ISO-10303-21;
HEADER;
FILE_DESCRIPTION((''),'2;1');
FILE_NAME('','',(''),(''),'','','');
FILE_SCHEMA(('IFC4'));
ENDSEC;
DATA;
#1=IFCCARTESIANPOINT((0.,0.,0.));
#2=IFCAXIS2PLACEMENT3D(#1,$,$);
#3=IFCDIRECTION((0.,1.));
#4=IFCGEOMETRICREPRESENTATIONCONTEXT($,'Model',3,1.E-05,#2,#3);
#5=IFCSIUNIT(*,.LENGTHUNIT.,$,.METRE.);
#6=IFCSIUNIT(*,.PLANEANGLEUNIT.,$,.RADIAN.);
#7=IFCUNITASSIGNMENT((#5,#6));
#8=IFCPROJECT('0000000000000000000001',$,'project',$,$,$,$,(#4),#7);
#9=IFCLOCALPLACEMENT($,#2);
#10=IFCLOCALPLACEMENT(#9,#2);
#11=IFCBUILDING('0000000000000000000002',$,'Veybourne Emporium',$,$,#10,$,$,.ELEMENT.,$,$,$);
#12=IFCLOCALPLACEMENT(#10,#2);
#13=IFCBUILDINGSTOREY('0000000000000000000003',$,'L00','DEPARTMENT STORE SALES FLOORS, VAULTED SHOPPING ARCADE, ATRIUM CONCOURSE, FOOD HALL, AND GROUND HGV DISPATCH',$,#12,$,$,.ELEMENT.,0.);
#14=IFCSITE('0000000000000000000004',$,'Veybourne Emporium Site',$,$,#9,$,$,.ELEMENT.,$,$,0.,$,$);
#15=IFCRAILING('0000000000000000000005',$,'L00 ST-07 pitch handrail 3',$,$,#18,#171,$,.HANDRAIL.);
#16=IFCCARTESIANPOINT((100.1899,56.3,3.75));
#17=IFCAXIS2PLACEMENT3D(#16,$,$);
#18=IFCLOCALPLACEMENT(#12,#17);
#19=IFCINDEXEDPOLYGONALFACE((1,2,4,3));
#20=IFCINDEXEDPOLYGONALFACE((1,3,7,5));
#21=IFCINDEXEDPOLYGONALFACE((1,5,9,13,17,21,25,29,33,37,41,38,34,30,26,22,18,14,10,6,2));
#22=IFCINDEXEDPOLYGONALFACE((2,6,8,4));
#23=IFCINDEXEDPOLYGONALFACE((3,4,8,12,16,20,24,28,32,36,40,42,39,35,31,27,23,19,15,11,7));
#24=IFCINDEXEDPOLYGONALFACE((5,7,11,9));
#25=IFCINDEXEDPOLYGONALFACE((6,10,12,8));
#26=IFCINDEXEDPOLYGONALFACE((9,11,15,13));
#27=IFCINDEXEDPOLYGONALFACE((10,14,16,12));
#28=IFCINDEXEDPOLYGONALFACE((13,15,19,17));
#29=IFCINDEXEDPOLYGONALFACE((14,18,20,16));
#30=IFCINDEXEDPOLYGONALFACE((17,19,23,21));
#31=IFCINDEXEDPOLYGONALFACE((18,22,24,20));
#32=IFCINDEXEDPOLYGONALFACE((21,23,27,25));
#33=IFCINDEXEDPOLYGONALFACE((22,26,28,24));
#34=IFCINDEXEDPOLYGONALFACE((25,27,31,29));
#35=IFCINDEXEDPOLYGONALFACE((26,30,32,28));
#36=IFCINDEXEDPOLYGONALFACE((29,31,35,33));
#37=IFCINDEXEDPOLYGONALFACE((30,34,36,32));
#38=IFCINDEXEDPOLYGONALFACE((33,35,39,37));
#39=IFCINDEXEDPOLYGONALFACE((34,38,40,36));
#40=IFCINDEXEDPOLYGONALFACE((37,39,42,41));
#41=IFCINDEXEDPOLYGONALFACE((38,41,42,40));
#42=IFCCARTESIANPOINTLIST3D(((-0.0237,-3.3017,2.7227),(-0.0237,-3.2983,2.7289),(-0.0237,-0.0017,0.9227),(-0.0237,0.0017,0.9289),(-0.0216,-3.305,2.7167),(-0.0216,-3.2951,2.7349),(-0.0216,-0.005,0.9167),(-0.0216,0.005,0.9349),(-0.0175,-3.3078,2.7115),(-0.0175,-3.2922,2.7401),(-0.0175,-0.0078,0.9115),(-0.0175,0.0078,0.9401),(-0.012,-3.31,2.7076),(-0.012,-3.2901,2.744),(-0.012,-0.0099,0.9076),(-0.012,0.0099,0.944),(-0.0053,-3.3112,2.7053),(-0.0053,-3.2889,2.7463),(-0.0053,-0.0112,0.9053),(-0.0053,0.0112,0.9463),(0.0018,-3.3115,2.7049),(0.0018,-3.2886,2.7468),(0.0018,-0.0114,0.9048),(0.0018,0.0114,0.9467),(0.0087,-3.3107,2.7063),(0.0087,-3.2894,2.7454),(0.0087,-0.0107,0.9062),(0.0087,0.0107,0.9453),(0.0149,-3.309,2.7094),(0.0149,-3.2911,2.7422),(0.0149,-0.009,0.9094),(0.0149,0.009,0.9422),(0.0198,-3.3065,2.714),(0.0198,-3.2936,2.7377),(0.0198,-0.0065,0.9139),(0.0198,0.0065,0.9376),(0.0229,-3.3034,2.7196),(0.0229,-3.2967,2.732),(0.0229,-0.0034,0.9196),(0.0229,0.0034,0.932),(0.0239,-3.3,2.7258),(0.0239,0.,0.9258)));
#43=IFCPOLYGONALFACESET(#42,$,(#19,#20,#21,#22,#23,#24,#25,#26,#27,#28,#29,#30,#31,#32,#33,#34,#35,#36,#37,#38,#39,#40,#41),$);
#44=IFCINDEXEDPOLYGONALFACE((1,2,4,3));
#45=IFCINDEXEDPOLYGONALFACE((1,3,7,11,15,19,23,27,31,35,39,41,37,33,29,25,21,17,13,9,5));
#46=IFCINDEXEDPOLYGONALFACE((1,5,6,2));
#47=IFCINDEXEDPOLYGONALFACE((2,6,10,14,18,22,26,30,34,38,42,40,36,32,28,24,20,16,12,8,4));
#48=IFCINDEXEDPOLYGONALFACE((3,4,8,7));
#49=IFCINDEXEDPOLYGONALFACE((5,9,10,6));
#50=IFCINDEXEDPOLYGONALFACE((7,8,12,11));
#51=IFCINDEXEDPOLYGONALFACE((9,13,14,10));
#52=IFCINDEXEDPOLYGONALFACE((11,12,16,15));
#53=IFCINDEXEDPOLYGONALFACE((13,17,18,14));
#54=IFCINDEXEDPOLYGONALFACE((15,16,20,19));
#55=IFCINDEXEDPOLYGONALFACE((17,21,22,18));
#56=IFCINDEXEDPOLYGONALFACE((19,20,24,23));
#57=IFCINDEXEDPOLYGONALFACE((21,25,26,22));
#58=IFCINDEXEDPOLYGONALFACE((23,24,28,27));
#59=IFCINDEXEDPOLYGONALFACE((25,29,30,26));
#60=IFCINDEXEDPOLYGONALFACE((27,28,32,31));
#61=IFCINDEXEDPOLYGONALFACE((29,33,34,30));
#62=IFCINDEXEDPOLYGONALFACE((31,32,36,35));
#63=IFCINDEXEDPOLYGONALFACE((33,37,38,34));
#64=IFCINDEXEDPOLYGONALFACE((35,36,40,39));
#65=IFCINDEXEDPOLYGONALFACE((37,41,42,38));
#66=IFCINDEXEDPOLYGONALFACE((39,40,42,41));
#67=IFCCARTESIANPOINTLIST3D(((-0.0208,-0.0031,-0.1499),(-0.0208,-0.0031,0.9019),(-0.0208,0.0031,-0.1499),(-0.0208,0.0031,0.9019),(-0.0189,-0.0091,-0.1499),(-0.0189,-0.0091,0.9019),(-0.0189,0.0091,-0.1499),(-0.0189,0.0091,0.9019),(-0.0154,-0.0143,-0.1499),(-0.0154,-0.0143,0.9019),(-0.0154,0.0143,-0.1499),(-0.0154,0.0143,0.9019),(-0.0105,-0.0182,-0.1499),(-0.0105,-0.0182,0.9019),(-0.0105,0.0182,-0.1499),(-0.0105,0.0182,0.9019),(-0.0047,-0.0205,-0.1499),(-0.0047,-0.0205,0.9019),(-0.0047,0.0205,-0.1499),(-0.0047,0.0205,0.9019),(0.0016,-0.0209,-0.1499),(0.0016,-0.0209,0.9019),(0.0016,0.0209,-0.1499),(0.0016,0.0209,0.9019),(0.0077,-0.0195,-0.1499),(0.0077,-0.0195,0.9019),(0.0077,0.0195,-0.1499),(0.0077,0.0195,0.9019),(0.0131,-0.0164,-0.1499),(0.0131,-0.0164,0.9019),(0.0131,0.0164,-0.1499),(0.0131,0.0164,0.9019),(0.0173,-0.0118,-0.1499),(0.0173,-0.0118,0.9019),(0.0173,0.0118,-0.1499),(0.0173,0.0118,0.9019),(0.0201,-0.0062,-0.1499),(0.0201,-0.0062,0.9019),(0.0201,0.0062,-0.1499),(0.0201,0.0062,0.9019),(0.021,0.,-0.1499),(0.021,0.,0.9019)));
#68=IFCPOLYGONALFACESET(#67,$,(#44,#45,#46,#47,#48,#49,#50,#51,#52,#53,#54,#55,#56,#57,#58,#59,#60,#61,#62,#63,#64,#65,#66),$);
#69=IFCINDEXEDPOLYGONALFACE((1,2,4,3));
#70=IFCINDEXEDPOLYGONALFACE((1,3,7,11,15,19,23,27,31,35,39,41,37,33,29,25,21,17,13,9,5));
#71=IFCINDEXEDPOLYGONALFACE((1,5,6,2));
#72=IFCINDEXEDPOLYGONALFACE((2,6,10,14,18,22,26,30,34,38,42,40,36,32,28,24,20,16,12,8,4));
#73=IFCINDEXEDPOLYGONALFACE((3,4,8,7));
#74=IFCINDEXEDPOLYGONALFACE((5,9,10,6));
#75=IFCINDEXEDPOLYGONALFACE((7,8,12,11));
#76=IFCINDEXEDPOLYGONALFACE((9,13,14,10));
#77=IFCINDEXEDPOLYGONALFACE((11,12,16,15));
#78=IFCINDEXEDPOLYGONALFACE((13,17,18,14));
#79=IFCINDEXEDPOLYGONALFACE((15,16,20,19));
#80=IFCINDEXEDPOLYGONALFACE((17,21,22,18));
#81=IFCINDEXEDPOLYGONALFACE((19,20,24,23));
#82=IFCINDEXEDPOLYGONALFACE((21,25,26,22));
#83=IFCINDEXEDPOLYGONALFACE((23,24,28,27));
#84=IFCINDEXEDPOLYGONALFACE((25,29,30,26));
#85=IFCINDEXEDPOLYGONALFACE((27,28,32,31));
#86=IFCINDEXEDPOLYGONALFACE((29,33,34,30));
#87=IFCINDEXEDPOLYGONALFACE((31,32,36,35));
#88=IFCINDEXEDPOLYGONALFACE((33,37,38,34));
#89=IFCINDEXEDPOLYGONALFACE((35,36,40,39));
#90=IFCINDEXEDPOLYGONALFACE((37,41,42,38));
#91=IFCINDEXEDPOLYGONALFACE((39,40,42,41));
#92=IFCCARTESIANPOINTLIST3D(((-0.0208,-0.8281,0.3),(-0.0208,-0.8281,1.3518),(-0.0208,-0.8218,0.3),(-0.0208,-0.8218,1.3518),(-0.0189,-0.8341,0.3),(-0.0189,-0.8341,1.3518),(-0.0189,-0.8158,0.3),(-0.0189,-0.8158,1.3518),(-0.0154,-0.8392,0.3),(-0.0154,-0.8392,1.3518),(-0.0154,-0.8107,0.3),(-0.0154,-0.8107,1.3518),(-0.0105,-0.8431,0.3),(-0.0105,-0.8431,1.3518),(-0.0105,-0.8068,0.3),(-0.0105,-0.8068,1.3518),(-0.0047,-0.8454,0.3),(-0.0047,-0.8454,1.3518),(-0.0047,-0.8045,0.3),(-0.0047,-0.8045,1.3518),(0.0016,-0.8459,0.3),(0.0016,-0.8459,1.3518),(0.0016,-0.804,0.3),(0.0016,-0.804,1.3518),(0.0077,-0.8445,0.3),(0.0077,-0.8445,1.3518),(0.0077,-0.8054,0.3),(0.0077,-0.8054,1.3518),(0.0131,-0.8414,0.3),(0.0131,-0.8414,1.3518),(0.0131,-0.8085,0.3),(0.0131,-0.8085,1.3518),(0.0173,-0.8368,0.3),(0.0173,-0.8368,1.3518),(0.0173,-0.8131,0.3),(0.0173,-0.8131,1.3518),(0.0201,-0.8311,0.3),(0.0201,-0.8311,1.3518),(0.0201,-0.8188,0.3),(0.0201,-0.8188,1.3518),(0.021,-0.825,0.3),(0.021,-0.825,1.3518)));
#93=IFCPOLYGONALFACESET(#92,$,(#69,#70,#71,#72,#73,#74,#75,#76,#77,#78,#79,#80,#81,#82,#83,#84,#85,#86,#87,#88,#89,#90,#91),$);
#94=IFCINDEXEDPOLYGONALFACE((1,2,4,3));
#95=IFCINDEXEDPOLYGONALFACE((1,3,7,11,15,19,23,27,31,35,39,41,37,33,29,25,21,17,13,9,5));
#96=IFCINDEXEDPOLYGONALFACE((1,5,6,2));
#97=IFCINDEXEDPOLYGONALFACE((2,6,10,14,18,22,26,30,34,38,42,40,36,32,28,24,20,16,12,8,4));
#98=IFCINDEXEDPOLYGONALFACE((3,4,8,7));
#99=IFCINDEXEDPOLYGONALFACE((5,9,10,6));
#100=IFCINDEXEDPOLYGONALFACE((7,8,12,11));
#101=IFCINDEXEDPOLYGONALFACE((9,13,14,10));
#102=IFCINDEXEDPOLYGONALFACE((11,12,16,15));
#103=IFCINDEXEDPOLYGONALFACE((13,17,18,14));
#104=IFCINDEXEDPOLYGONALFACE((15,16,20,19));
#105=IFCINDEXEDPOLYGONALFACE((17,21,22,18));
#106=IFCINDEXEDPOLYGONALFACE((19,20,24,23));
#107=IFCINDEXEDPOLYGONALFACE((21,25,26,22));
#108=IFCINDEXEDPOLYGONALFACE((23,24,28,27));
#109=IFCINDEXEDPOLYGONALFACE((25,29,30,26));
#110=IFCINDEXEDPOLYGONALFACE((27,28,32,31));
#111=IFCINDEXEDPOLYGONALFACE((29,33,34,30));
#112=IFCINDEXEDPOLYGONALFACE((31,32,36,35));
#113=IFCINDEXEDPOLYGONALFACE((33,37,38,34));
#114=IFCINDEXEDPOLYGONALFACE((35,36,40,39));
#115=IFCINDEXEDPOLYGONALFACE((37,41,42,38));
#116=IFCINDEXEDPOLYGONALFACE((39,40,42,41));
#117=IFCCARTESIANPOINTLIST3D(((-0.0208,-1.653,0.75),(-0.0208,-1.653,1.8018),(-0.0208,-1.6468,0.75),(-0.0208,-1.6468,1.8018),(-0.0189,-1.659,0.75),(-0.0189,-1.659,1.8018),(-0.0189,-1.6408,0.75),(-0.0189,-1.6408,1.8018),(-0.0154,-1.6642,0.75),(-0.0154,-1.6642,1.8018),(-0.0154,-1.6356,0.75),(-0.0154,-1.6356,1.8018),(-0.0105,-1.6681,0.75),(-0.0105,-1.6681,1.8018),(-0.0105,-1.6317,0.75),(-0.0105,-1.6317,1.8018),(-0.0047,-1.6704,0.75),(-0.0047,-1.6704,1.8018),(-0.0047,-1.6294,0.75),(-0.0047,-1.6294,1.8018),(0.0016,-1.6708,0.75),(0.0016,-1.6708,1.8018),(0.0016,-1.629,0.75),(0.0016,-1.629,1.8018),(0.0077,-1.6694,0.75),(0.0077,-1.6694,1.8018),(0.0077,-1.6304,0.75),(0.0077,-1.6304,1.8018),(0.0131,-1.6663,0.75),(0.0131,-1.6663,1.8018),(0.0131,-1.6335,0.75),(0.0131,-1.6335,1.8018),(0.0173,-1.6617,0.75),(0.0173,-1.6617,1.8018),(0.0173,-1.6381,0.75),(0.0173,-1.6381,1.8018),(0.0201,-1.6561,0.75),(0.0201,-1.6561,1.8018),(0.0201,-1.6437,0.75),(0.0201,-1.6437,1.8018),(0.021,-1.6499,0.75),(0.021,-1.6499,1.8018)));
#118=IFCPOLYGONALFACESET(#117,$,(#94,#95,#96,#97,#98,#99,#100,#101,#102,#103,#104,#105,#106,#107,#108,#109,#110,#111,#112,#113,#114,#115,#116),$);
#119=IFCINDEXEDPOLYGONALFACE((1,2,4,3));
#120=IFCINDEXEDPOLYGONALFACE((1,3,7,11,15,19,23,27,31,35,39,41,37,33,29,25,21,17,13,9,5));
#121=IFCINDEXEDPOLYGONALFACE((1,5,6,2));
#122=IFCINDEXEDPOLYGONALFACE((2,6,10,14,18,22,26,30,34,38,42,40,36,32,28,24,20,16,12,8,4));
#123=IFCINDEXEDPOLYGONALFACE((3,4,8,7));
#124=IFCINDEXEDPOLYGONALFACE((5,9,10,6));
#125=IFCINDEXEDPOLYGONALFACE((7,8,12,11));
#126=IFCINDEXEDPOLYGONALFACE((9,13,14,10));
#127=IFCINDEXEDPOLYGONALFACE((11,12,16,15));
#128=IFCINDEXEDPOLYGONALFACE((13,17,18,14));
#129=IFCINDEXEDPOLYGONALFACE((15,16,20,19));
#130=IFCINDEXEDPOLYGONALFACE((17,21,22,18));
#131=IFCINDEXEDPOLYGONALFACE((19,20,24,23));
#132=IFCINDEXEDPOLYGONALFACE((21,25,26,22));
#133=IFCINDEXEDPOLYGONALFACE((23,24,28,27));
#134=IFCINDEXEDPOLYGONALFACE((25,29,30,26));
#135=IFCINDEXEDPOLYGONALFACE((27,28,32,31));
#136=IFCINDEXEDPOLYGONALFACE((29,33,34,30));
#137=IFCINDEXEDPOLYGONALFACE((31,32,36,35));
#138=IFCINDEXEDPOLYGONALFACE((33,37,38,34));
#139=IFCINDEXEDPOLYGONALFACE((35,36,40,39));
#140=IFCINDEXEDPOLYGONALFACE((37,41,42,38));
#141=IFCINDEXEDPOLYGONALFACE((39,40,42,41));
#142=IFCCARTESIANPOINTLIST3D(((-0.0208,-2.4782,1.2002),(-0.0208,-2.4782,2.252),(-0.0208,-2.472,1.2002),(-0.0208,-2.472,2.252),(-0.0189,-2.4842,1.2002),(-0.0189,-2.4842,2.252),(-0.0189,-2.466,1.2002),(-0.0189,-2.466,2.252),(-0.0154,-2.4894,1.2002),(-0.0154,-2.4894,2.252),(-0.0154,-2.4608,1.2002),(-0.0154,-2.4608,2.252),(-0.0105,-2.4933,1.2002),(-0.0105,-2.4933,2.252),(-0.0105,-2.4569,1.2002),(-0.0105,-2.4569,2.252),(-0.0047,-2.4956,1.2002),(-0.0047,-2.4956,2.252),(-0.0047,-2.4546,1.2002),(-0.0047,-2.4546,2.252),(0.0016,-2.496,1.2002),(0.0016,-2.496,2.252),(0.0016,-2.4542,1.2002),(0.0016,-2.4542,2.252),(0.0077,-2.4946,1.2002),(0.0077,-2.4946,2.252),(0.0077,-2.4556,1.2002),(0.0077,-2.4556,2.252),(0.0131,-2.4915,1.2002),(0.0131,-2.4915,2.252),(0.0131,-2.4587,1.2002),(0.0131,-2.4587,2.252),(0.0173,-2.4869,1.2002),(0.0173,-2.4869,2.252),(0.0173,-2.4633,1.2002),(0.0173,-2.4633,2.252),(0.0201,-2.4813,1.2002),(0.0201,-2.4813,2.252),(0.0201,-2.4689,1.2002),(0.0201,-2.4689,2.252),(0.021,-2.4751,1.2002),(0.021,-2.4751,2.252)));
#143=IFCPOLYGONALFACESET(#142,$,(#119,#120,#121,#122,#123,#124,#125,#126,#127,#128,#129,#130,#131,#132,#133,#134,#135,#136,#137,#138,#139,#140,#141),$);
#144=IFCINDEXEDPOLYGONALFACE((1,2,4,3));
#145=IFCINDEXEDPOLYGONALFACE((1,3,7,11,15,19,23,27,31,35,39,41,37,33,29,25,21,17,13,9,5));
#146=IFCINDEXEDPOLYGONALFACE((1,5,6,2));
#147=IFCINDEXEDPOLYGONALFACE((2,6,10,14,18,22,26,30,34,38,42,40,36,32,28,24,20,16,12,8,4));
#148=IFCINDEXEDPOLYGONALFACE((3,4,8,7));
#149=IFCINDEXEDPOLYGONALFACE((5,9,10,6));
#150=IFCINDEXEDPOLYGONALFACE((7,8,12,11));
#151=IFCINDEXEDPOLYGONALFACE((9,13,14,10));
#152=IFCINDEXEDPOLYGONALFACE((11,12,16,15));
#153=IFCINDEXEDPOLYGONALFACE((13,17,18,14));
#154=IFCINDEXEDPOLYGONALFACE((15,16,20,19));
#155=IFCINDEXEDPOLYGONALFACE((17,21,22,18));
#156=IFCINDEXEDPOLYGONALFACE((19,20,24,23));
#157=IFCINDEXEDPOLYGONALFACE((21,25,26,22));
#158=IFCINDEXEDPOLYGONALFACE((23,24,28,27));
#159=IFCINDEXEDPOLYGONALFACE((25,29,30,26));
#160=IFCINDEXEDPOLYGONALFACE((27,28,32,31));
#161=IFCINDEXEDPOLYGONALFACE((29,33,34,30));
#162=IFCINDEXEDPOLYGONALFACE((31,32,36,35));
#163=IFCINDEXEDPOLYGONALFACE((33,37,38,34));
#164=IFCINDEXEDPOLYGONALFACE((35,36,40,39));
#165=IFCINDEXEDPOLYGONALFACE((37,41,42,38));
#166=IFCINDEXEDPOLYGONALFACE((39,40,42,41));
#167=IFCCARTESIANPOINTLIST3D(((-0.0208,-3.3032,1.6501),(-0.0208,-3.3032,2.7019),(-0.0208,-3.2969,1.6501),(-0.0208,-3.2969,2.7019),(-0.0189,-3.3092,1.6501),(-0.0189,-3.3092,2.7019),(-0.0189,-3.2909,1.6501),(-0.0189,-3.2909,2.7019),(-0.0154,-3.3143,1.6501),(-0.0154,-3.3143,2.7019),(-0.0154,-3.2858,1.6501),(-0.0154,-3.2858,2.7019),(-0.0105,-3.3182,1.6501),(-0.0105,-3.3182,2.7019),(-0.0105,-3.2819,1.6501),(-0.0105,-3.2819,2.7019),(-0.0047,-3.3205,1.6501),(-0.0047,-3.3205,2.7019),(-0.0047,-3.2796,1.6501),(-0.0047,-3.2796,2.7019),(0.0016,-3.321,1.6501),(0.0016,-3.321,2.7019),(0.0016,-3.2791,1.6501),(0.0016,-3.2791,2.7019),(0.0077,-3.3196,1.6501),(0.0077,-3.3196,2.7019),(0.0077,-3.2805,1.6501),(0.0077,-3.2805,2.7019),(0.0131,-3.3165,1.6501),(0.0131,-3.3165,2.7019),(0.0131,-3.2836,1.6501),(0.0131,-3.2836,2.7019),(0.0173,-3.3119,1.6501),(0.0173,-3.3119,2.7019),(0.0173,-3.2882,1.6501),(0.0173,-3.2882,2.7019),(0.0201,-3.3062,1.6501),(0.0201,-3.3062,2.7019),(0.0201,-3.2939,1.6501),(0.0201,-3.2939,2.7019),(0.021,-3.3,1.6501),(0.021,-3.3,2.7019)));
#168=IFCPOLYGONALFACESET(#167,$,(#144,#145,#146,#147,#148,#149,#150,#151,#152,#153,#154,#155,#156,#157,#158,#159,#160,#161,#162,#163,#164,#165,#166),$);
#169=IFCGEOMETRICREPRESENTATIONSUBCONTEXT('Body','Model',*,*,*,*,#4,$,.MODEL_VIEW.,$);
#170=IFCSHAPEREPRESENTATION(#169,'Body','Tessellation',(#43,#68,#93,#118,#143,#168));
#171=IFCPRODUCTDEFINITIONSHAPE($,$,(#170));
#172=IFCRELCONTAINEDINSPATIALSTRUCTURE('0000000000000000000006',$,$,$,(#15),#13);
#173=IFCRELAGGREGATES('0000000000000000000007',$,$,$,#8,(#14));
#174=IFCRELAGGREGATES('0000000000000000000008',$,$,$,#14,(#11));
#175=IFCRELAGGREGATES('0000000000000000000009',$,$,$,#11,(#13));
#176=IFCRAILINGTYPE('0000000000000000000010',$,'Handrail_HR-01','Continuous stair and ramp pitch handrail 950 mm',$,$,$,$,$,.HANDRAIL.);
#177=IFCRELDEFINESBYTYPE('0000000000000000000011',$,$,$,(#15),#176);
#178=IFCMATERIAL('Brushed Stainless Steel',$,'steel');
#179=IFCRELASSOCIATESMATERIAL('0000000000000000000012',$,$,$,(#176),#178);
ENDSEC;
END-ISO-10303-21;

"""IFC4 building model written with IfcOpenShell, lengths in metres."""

from ifc_helpers import new_model, si_unit, direction, frame, origin, origin_2d, place, context, subcontext, project, spatial, circle, extrude, material, type_object, element, save


model = new_model("IFC4")

# Units and contexts
model_context = context("Model", 3, precision=1e-05, world=origin(), true_north=direction((0.0, 1.0)))
body_context = subcontext(model_context, "Body", "Model", "MODEL_VIEW")
ifc_project = project(units=[si_unit("LENGTHUNIT", "METRE"), si_unit("PLANEANGLEUNIT", "RADIAN")], contexts=[model_context])

# Site, building, storey
site_placement = place(None, origin())
site = spatial("IfcSite", under=ifc_project, at=site_placement, Name="Veybourne Emporium Site", CompositionType="ELEMENT", RefElevation=0.0)
building_placement = place(site_placement, origin())
building = spatial("IfcBuilding", under=site, at=building_placement, Name="Veybourne Emporium", CompositionType="ELEMENT")
storey_placement = place(building_placement, origin())
storey = spatial("IfcBuildingStorey", under=building, at=storey_placement, Name="L00", Description="DEPARTMENT STORE SALES FLOORS, VAULTED SHOPPING ARCADE, ATRIUM CONCOURSE, FOOD HALL, AND GROUND HGV DISPATCH", CompositionType="ELEMENT", Elevation=0.0)

# Shared definitions
ifc_material_1 = material(Name="Brushed Stainless Steel", Category="steel")

# Railing
railing_type_1 = type_object("IfcRailingType", Name="Handrail_HR-01", Description="Continuous stair and ramp pitch handrail 950 mm", PredefinedType="HANDRAIL", material=ifc_material_1)
railing_1_placement = place(storey_placement, frame((100.1899, 56.3, 3.75)))
element("IfcRailing", 1, at=railing_1_placement, inside=storey, type_object=railing_type_1, Name="L00 ST-07 pitch handrail 3", PredefinedType="HANDRAIL", context=body_context, shape_type="SweptSolid", body=[
    extrude(circle(Radius=0.0239, at=origin_2d()), frame((0.0, 0.0, 0.9258), z_axis=(0.0, -0.877893, 0.478857), x_axis=(1.0, 0.0, 0.0)), (0.0, 0.0, 1.0), 3.759),
    extrude(circle(Radius=0.021, at=origin_2d()), frame((0.0, 0.0, -0.1499)), (0.0, 0.0, 1.0), 1.0518),
    extrude(circle(Radius=0.021, at=origin_2d()), frame((0.0, -0.825, 0.3)), (0.0, 0.0, 1.0), 1.0518),
    extrude(circle(Radius=0.021, at=origin_2d()), frame((0.0, -1.6499, 0.75)), (0.0, 0.0, 1.0), 1.0518),
    extrude(circle(Radius=0.021, at=origin_2d()), frame((0.0, -2.4751, 1.2002)), (0.0, 0.0, 1.0), 1.0518),
    extrude(circle(Radius=0.021, at=origin_2d()), frame((0.0, -3.3, 1.6501)), (0.0, 0.0, 1.0), 1.0518),
])

save(model, "model.ifc")
